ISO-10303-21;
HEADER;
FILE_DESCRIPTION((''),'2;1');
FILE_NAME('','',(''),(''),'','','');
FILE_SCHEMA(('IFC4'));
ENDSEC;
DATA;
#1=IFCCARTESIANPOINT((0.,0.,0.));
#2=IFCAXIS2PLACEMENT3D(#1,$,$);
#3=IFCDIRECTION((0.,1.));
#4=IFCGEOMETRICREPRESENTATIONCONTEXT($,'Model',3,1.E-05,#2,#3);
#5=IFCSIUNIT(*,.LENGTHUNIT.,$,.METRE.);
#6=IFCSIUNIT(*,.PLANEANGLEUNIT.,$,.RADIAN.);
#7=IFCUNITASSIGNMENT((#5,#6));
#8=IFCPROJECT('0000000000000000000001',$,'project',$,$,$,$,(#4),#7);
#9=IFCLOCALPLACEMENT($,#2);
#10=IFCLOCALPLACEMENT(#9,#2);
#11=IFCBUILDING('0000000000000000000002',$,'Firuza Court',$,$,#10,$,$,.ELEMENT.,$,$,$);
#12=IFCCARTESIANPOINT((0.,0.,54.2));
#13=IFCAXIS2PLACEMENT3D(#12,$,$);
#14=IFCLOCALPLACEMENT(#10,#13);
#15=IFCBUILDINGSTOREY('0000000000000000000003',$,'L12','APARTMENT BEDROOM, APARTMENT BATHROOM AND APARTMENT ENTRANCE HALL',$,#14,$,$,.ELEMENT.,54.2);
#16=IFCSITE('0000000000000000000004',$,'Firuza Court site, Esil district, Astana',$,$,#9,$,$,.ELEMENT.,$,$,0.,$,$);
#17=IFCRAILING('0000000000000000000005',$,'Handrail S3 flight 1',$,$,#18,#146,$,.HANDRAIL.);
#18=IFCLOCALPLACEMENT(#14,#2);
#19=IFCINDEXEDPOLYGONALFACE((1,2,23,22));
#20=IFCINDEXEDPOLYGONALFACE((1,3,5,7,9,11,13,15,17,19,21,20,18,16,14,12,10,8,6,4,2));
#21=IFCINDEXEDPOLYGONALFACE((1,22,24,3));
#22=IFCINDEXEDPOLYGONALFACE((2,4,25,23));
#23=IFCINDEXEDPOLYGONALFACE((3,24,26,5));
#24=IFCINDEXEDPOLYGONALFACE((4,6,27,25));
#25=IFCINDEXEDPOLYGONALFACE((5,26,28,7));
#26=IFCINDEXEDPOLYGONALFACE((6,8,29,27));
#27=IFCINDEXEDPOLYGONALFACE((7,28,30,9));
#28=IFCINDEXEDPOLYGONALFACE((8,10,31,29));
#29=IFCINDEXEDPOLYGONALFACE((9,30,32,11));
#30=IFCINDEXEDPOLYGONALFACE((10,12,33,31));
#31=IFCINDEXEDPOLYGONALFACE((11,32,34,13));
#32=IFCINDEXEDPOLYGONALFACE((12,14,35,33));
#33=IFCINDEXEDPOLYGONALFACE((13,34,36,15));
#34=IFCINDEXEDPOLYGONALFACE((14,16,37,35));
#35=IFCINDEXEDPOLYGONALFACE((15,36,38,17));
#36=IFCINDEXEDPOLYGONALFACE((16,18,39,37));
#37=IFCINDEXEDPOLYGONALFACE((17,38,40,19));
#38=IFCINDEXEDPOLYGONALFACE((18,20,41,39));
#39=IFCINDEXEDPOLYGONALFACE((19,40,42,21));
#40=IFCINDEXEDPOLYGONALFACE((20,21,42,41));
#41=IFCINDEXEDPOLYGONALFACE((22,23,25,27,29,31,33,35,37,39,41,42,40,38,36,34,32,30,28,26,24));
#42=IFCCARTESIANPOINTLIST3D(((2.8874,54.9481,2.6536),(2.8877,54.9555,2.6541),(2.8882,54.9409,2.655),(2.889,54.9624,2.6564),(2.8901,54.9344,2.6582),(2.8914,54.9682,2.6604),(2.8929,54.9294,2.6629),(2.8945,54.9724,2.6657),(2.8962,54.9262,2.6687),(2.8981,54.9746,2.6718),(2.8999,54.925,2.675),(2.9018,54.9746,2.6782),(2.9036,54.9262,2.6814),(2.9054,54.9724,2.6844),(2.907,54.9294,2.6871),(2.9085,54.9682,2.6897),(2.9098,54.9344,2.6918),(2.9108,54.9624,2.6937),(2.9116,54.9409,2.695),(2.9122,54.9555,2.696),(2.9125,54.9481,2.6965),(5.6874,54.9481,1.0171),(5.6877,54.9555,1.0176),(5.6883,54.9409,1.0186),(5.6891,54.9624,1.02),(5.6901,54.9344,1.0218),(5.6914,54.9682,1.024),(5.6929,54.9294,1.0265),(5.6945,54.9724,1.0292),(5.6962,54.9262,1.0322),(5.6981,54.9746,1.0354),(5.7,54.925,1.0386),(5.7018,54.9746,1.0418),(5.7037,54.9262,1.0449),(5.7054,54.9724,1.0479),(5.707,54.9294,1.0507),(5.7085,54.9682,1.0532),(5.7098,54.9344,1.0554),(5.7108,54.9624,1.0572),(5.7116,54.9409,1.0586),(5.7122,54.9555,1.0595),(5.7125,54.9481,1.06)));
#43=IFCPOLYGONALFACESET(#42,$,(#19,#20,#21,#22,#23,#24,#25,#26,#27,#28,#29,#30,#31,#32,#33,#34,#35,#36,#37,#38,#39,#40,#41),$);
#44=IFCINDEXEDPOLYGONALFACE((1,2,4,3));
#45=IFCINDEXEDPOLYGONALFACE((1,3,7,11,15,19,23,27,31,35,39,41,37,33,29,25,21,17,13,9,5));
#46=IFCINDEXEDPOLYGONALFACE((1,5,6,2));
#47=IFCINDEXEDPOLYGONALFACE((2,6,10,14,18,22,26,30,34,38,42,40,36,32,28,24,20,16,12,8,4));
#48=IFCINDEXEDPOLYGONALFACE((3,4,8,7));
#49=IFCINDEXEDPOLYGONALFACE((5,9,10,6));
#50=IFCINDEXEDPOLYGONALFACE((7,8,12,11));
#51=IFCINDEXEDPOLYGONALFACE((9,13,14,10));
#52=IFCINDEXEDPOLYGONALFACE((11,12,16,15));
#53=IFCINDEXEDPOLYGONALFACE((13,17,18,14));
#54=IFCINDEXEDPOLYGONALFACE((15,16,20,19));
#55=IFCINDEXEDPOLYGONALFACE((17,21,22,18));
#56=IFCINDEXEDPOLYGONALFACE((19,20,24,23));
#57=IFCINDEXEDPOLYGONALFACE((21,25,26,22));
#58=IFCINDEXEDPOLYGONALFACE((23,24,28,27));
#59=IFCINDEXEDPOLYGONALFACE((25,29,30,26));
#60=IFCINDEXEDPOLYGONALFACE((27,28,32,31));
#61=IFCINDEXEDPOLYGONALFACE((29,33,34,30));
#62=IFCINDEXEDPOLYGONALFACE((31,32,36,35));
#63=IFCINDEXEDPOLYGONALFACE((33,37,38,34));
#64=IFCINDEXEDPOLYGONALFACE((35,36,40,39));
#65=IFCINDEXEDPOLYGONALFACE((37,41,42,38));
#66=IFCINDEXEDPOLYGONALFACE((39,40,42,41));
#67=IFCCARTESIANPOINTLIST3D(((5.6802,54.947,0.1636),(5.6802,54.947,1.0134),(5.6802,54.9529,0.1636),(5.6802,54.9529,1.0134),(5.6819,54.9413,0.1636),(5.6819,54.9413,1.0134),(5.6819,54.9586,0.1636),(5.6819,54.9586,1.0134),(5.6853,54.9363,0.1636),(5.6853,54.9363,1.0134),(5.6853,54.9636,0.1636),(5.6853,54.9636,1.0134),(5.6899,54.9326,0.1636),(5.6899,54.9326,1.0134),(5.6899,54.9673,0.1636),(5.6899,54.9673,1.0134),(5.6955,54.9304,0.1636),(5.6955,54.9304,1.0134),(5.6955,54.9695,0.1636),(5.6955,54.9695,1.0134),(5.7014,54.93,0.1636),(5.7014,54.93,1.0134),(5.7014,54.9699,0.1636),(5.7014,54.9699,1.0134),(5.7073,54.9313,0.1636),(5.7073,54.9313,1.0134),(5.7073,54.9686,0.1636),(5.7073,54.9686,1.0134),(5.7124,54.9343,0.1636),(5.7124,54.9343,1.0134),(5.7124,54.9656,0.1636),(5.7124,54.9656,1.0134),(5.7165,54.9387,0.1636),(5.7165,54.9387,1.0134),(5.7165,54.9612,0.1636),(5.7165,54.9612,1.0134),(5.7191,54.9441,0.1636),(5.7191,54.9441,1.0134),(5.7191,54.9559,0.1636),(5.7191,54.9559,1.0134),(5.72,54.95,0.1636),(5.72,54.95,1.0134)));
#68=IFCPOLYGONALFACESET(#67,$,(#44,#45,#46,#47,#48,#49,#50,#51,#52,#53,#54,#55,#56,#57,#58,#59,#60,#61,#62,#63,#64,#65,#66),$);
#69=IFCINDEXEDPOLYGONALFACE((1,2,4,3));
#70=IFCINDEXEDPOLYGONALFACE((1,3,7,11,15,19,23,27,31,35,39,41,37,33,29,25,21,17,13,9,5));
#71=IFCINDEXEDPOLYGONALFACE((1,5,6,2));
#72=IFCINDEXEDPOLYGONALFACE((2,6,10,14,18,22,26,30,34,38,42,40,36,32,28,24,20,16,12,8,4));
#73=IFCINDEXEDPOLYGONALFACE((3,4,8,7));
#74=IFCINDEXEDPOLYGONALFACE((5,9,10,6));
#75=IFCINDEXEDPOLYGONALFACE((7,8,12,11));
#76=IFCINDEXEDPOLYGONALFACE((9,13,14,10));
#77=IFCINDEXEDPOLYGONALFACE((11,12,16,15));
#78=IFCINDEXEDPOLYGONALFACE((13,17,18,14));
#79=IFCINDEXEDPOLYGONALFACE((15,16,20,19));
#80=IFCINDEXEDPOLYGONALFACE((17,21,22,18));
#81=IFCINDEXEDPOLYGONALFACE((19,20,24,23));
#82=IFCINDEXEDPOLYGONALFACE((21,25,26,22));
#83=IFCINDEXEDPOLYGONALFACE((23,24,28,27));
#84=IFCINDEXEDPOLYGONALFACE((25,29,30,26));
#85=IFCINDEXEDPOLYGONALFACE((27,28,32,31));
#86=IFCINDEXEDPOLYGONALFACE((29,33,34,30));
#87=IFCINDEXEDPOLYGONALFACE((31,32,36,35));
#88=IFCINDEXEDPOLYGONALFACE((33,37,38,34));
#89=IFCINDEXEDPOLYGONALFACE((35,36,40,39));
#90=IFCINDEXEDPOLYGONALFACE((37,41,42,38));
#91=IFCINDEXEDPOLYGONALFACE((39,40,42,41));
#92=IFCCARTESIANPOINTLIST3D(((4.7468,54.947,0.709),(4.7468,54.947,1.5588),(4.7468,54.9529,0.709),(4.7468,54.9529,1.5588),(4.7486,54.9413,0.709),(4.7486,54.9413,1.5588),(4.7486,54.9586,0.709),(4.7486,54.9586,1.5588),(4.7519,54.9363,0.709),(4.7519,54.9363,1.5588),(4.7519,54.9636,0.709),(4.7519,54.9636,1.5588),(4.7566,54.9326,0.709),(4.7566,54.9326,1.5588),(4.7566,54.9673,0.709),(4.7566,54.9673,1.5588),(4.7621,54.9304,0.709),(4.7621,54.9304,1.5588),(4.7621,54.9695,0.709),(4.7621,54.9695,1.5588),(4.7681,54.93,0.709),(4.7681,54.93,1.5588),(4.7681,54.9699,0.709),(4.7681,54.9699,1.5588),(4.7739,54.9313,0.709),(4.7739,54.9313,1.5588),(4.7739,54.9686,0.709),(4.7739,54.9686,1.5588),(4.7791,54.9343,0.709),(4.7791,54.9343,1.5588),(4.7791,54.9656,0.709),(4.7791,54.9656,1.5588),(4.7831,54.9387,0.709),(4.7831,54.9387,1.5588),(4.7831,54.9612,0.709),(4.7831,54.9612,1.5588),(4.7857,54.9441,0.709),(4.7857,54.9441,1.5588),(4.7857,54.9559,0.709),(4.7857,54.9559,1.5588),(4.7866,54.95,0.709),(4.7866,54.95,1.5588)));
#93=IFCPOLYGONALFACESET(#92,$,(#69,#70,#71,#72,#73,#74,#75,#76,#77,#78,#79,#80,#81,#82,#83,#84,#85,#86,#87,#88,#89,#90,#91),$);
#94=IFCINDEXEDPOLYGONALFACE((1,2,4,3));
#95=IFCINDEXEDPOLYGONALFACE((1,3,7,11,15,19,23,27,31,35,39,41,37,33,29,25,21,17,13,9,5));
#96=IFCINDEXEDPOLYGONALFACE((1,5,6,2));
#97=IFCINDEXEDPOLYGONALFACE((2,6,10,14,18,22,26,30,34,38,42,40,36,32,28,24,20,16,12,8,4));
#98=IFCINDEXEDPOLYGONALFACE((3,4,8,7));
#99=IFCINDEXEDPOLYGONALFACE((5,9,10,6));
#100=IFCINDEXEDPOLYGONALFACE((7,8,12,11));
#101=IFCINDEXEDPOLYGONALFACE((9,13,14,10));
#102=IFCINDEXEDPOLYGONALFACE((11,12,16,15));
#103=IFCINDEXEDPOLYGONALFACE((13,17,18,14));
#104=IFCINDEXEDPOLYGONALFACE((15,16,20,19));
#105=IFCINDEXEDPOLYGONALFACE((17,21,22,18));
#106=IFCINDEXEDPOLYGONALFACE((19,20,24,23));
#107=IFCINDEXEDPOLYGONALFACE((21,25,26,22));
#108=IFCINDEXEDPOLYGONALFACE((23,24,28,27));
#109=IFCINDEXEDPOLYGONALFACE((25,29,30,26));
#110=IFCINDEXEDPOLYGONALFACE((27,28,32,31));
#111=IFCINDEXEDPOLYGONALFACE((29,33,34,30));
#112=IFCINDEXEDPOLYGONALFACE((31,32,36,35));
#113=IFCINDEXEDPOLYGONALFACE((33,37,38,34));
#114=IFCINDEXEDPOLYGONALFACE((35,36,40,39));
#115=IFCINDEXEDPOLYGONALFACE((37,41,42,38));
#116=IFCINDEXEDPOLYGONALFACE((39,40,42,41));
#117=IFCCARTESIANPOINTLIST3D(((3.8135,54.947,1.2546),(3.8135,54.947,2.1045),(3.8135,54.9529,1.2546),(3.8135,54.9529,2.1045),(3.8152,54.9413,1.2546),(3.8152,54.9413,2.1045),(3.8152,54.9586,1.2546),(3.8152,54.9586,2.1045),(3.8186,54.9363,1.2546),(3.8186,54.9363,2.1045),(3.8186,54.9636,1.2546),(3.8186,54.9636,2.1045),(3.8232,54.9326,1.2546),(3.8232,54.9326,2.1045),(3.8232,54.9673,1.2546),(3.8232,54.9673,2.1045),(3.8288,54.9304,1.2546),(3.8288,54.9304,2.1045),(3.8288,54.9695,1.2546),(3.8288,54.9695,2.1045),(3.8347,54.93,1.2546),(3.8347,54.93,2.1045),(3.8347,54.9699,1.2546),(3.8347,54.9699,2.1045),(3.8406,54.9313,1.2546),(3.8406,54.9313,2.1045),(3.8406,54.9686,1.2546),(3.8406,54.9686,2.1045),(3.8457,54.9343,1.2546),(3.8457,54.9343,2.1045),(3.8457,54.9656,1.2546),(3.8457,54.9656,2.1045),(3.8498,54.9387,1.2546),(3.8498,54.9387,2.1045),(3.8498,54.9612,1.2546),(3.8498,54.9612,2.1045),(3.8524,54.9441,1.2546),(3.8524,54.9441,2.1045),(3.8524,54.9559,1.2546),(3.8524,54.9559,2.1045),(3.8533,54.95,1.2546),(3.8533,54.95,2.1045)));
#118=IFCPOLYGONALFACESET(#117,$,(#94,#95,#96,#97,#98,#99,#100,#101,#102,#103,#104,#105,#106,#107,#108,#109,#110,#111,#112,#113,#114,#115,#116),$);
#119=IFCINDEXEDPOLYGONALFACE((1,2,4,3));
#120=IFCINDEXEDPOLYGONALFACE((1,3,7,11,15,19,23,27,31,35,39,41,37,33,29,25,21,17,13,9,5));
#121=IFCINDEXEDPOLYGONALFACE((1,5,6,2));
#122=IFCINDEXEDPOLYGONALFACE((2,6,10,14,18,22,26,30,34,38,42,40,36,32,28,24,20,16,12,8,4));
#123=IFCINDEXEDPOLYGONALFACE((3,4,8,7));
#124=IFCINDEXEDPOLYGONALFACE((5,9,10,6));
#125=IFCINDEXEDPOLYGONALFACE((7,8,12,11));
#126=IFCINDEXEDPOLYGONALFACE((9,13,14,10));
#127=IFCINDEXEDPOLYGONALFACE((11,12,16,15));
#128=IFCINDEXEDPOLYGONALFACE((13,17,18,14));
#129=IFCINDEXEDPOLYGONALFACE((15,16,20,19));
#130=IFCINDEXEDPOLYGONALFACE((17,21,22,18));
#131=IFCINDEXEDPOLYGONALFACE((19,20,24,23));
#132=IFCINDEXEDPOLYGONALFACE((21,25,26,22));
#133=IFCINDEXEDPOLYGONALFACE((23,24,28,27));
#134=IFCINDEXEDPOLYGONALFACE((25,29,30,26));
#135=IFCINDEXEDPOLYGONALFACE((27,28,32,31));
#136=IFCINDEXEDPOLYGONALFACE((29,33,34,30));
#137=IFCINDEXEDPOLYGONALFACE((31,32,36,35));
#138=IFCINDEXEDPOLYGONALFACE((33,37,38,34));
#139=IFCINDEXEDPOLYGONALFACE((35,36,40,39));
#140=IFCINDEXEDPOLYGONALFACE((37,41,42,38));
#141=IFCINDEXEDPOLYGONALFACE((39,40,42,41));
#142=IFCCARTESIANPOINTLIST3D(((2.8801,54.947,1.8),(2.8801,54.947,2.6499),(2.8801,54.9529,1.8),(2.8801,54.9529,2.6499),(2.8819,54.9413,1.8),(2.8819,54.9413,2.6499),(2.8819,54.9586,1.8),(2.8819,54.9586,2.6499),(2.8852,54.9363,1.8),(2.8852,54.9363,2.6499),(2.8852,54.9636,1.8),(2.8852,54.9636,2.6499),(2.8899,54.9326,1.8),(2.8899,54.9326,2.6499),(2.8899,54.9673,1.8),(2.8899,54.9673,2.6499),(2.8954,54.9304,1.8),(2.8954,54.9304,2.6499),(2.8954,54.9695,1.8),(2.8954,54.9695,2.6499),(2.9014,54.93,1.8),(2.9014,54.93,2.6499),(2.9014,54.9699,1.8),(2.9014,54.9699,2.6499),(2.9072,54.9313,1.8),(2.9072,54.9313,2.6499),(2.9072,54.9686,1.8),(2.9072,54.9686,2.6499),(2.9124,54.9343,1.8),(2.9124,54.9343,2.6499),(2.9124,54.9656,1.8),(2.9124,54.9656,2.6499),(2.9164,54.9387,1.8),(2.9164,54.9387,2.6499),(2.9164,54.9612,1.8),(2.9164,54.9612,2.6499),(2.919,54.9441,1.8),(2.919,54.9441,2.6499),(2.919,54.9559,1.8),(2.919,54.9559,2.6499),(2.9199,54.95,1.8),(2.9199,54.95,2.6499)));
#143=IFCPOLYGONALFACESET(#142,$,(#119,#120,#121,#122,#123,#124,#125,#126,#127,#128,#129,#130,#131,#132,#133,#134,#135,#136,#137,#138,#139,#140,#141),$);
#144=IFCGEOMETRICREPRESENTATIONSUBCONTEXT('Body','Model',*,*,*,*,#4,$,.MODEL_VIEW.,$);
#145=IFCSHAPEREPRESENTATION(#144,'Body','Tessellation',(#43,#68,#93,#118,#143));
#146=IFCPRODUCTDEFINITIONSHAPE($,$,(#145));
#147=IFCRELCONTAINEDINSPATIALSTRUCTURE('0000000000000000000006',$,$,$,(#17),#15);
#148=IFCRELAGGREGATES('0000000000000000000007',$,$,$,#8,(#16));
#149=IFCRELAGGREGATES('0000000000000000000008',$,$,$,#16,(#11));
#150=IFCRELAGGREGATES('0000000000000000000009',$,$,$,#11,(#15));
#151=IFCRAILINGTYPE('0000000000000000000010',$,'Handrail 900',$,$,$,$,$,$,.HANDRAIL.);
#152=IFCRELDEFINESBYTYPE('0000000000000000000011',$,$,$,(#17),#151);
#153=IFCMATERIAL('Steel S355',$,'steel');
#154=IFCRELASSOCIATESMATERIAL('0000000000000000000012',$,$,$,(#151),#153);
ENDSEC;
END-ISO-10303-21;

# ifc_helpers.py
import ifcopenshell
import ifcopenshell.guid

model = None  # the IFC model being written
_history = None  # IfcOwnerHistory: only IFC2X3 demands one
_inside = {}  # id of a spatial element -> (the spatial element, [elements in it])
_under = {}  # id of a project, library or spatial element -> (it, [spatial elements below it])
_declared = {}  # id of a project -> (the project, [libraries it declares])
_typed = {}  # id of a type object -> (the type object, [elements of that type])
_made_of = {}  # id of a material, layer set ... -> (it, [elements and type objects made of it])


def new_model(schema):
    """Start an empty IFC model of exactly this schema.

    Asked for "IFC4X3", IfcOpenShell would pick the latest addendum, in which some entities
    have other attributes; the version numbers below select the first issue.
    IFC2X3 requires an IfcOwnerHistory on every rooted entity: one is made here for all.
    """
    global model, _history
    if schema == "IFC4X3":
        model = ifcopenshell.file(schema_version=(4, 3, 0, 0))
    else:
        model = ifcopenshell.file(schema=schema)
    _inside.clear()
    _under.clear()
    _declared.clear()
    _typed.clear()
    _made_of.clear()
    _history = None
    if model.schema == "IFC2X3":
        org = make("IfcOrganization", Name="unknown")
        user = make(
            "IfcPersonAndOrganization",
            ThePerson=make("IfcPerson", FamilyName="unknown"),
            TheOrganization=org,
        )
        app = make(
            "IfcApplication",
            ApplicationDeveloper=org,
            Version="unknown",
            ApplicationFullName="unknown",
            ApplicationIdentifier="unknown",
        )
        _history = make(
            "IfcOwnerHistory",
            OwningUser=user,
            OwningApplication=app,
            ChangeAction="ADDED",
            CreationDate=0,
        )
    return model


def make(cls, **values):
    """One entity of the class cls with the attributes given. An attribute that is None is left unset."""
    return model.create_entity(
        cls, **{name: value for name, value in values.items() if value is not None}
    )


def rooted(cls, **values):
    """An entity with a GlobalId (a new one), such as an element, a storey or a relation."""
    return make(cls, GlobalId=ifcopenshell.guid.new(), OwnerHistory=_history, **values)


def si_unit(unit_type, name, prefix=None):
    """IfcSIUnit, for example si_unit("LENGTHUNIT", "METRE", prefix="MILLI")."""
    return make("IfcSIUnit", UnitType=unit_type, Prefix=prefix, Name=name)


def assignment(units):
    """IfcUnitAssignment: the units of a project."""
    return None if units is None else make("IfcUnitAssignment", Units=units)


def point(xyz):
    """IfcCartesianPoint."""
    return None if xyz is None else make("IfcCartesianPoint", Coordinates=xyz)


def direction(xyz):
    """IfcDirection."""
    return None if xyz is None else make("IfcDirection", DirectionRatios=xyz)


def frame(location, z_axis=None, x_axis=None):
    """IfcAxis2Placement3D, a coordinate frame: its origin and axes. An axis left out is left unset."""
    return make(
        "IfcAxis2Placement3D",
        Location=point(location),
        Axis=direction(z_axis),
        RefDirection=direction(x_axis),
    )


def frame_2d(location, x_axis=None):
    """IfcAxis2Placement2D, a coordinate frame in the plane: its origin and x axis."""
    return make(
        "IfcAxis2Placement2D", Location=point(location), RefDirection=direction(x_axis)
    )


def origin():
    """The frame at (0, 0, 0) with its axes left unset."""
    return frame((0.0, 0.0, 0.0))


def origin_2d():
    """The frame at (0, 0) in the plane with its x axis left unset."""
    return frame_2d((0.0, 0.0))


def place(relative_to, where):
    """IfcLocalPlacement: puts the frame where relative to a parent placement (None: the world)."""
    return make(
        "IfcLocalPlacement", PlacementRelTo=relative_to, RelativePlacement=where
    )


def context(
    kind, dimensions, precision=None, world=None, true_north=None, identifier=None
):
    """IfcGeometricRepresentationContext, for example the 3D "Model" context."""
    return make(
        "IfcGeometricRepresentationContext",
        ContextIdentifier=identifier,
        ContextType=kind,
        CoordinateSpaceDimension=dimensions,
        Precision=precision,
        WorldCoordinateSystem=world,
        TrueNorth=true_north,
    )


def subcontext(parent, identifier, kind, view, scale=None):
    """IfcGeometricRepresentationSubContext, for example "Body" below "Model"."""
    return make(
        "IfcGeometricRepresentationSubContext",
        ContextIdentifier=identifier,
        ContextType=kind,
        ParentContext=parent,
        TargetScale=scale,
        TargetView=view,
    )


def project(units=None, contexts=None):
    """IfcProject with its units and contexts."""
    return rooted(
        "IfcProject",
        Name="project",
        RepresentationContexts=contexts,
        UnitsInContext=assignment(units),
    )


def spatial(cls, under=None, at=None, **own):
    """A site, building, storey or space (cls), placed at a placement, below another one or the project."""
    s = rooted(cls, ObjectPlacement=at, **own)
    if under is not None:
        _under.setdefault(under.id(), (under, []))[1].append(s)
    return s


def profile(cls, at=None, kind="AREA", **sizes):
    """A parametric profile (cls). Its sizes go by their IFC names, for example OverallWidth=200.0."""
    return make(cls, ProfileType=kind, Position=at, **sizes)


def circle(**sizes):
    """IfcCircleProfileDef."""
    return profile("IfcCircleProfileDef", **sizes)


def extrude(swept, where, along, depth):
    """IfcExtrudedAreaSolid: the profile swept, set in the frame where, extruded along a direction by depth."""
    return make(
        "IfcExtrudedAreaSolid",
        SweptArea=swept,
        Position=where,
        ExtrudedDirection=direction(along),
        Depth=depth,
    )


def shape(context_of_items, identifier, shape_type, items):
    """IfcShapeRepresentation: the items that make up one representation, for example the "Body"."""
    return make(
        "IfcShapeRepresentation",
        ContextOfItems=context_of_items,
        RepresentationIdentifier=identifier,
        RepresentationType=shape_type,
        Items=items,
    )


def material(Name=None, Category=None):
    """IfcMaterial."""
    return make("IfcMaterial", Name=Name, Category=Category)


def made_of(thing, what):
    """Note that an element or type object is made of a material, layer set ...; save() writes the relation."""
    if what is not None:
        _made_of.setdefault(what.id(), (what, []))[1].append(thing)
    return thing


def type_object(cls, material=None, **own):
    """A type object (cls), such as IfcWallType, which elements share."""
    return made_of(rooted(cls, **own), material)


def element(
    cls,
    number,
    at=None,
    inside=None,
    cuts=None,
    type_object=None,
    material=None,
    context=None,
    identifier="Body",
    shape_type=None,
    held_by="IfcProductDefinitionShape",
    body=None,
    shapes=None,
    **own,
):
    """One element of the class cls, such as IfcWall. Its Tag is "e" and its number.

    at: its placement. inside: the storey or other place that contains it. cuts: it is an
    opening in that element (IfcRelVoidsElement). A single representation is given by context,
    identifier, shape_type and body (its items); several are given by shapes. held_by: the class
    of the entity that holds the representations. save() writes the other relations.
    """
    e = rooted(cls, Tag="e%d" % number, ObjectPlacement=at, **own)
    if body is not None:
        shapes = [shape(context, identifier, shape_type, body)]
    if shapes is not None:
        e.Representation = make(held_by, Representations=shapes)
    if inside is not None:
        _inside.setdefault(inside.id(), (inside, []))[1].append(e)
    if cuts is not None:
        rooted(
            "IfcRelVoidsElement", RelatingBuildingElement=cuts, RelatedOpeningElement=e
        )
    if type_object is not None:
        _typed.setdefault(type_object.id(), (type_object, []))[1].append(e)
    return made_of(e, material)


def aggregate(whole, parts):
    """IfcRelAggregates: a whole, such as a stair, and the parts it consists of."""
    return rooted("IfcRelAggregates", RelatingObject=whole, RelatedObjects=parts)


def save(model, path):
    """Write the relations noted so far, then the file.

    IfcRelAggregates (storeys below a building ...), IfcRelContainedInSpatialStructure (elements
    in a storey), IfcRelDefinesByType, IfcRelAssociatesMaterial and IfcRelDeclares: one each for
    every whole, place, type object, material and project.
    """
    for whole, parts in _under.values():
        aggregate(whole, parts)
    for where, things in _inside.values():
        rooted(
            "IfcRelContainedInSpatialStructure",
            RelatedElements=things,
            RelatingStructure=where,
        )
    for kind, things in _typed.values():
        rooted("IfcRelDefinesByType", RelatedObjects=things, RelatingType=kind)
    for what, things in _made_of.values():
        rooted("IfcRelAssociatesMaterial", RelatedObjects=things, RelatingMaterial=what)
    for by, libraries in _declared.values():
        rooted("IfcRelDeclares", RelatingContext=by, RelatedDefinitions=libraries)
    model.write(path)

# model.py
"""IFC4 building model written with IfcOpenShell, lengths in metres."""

from ifc_helpers import new_model, si_unit, direction, frame, origin, origin_2d, place, context, subcontext, project, spatial, circle, extrude, material, type_object, element, save


model = new_model("IFC4")

# Units and contexts
model_context = context("Model", 3, precision=1e-05, world=origin(), true_north=direction((0.0, 1.0)))
body_context = subcontext(model_context, "Body", "Model", "MODEL_VIEW")
ifc_project = project(units=[si_unit("LENGTHUNIT", "METRE"), si_unit("PLANEANGLEUNIT", "RADIAN")], contexts=[model_context])

# Site, building, storey
site_placement = place(None, origin())
site = spatial("IfcSite", under=ifc_project, at=site_placement, Name="Firuza Court site, Esil district, Astana", CompositionType="ELEMENT", RefElevation=0.0)
building_placement = place(site_placement, origin())
building = spatial("IfcBuilding", under=site, at=building_placement, Name="Firuza Court", CompositionType="ELEMENT")
storey_placement = place(building_placement, frame((0.0, 0.0, 54.2)))
storey = spatial("IfcBuildingStorey", under=building, at=storey_placement, Name="L12", Description="APARTMENT BEDROOM, APARTMENT BATHROOM AND APARTMENT ENTRANCE HALL", CompositionType="ELEMENT", Elevation=54.2)

# Railing
ifc_material_1 = material(Name="Steel S355", Category="steel")
railing_type_1 = type_object("IfcRailingType", Name="Handrail 900", PredefinedType="HANDRAIL", material=ifc_material_1)
railing_1_placement = place(storey_placement, frame((5.7, 54.95, 0.1636)))
element("IfcRailing", 1, at=railing_1_placement, inside=storey, type_object=railing_type_1, Name="Handrail S3 flight 1", PredefinedType="HANDRAIL", context=body_context, shape_type="SweptSolid", body=[
    extrude(circle(Radius=0.0249, at=origin_2d()), frame((0.0, 0.0, 0.875), z_axis=(-0.863361, 0.0, 0.504587), x_axis=(0.0, -1.0, 0.0)), (0.0, 0.0, 1.0), 3.2432),
    extrude(circle(Radius=0.02, at=origin_2d()), origin(), (0.0, 0.0, 1.0), 0.8499),
    extrude(circle(Radius=0.02, at=origin_2d()), frame((-0.9333, 0.0, 0.5454)), (0.0, 0.0, 1.0), 0.8499),
    extrude(circle(Radius=0.02, at=origin_2d()), frame((-1.8667, 0.0, 1.0911)), (0.0, 0.0, 1.0), 0.8499),
    extrude(circle(Radius=0.02, at=origin_2d()), frame((-2.8, 0.0, 1.6365)), (0.0, 0.0, 1.0), 0.8499),
])

save(model, "model.ifc")
